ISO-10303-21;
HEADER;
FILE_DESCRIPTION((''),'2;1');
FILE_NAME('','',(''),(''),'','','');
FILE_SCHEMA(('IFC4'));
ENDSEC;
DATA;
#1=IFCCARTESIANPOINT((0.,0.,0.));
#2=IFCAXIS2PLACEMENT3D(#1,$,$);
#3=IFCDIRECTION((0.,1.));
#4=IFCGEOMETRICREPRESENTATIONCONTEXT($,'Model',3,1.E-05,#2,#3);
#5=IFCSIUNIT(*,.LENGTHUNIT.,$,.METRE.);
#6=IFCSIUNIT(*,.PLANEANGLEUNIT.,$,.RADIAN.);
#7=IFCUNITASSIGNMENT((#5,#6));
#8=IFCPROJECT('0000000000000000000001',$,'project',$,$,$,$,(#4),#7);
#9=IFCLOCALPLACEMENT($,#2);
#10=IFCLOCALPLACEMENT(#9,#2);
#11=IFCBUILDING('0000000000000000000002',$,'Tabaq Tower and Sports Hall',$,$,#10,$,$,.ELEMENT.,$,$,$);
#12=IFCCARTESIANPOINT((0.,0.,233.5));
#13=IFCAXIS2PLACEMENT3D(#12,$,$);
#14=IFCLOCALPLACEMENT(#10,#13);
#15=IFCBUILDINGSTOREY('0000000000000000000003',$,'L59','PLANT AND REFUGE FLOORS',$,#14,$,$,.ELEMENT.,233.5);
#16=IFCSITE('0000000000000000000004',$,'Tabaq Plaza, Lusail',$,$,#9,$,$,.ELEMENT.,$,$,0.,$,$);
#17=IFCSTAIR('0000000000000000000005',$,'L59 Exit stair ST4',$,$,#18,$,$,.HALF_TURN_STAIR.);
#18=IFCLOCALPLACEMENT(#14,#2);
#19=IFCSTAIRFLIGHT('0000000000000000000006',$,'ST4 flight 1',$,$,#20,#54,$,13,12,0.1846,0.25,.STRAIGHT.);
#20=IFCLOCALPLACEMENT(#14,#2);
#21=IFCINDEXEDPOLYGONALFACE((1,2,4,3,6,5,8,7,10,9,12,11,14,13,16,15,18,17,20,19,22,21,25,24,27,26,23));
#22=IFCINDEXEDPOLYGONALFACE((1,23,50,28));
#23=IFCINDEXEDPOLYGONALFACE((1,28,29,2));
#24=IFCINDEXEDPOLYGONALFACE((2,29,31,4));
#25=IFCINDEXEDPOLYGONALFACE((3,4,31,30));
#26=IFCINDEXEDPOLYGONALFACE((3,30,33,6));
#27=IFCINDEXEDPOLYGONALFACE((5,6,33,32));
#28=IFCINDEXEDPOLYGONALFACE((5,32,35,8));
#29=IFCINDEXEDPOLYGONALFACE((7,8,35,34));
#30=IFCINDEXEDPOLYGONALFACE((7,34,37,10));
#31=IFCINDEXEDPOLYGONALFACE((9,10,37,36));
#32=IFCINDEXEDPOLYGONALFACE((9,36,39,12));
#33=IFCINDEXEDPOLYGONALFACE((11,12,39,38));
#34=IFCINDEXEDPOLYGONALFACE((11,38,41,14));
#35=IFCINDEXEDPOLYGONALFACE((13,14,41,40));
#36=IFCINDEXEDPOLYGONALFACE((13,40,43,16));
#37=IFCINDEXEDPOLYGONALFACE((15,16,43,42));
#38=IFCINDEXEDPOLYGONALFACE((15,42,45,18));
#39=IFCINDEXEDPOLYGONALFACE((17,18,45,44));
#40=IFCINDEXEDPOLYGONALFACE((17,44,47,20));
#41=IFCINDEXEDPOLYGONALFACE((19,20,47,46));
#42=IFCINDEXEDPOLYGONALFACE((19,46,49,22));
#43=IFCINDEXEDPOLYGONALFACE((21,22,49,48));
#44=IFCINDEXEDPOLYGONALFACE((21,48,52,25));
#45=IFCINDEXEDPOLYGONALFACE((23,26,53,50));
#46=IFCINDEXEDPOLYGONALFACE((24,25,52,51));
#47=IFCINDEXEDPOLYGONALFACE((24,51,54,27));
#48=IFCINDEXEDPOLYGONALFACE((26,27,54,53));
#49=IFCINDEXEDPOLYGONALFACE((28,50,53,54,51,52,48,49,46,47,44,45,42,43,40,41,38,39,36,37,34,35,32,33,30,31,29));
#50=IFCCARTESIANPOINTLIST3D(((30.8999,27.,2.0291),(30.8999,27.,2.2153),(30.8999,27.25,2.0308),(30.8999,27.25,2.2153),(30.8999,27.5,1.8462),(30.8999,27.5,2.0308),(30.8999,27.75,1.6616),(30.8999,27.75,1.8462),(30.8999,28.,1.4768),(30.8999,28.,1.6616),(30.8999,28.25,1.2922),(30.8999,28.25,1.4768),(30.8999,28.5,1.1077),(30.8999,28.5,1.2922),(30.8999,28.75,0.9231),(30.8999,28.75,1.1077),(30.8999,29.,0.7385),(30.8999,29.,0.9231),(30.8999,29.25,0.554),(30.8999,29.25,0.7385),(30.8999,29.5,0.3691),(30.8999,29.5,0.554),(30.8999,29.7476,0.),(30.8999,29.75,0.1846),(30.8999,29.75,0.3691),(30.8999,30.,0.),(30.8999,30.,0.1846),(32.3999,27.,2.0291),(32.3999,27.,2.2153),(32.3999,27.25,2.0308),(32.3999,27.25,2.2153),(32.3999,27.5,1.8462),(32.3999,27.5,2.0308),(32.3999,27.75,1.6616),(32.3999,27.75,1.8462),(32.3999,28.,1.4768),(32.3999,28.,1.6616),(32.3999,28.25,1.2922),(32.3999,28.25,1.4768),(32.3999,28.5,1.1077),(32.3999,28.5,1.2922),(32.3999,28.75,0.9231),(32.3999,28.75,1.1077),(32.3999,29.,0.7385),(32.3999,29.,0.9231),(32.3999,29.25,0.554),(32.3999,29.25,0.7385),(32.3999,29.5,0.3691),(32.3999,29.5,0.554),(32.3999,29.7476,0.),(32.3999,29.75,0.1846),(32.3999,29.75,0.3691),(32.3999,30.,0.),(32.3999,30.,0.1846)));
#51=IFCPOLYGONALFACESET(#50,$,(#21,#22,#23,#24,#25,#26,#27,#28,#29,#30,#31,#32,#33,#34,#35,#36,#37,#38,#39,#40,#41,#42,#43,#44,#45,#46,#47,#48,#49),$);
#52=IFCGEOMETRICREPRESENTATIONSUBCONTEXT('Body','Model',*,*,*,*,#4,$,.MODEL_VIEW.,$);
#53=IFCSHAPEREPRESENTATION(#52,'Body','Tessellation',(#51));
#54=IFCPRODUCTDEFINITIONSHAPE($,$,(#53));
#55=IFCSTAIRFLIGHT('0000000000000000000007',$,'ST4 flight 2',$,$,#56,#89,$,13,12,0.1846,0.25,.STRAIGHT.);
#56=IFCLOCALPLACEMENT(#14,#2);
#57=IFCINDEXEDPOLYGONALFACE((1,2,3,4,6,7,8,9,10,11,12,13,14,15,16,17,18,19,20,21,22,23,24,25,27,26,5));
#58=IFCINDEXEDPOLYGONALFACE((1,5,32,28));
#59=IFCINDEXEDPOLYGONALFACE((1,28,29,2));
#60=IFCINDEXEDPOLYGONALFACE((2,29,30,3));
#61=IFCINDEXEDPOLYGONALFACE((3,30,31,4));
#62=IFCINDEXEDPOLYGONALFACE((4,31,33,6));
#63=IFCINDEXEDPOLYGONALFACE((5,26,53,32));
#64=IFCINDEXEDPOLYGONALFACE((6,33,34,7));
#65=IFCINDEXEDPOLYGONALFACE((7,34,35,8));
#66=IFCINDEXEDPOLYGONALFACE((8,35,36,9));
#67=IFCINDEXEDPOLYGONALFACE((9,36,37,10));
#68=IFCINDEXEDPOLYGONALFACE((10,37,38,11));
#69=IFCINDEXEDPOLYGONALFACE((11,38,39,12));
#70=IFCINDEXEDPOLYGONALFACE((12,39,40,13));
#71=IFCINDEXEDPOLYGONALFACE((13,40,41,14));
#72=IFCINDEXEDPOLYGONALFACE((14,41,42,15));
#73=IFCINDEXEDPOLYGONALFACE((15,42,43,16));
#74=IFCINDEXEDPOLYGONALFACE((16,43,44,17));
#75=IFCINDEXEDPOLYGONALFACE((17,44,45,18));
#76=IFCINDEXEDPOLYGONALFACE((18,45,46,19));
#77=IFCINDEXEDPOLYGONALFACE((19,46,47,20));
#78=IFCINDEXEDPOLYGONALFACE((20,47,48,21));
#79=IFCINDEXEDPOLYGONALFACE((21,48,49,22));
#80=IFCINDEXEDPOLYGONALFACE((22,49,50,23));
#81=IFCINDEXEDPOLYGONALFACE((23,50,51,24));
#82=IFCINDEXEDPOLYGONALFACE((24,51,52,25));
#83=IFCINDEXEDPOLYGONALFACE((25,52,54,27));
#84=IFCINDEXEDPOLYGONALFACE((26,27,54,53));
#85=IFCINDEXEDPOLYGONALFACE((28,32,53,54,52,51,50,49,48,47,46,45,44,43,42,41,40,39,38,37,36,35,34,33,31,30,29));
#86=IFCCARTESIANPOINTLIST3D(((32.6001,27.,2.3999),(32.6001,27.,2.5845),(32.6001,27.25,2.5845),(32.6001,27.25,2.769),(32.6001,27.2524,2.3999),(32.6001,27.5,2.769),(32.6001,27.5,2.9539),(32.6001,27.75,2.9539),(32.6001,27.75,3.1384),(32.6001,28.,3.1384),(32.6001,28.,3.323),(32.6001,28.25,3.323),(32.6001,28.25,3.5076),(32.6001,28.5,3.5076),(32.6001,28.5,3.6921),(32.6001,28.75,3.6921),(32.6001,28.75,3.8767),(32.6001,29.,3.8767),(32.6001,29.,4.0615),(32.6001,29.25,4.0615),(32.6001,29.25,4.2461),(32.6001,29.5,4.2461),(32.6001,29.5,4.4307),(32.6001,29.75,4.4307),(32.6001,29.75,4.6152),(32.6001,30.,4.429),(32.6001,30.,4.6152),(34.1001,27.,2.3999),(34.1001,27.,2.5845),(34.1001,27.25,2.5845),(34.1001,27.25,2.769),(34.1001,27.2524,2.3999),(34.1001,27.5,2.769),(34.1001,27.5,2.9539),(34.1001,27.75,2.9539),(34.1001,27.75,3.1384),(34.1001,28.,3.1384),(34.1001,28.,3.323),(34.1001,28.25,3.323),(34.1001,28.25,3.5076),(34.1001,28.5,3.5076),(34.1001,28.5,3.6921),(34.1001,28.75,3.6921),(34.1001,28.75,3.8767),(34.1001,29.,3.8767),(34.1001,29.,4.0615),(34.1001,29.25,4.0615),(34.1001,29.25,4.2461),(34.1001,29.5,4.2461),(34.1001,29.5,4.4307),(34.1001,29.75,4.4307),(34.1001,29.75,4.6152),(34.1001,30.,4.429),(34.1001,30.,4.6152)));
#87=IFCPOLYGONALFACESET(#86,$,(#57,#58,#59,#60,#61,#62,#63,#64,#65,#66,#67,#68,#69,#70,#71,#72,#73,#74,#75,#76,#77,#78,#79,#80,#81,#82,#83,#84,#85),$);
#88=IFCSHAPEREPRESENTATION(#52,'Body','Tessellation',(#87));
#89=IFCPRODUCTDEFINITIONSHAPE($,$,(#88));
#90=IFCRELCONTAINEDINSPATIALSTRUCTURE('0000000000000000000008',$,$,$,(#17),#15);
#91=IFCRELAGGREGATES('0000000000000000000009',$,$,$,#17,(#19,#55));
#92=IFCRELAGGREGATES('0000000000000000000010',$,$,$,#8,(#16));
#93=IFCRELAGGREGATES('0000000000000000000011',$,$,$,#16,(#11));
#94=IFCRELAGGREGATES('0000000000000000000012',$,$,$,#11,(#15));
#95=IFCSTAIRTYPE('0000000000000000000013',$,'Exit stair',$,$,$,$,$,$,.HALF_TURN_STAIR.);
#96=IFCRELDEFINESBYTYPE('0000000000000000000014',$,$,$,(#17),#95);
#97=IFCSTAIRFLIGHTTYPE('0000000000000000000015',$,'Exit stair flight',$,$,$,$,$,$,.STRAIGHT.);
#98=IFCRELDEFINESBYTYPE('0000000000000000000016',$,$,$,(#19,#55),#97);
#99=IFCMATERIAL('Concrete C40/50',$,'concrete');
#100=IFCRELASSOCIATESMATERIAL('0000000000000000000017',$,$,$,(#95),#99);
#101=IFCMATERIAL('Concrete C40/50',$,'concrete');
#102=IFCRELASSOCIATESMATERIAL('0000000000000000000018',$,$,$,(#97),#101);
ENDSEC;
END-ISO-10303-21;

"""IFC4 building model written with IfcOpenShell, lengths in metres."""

from ifc_helpers import new_model, si_unit, direction, frame, origin, place, context, subcontext, project, spatial, polyline, outline, extrude, material, type_object, element, aggregate, save


model = new_model("IFC4")

# Units and contexts
model_context = context("Model", 3, precision=1e-05, world=origin(), true_north=direction((0.0, 1.0)))
body_context = subcontext(model_context, "Body", "Model", "MODEL_VIEW")
ifc_project = project(units=[si_unit("LENGTHUNIT", "METRE"), si_unit("PLANEANGLEUNIT", "RADIAN")], contexts=[model_context])

# Site, building, storey
site_placement = place(None, origin())
site = spatial("IfcSite", under=ifc_project, at=site_placement, Name="Tabaq Plaza, Lusail", CompositionType="ELEMENT", RefElevation=0.0)
building_placement = place(site_placement, origin())
building = spatial("IfcBuilding", under=site, at=building_placement, Name="Tabaq Tower and Sports Hall", CompositionType="ELEMENT")
storey_placement = place(building_placement, frame((0.0, 0.0, 233.5)))
storey = spatial("IfcBuildingStorey", under=building, at=storey_placement, Name="L59", Description="PLANT AND REFUGE FLOORS", CompositionType="ELEMENT", Elevation=233.5)

# Stair, stair flights
ifc_material_1 = material(Name="Concrete C40/50", Category="concrete")
stair_type = type_object("IfcStairType", Name="Exit stair", PredefinedType="HALF_TURN_STAIR", material=ifc_material_1)
stair_placement = place(storey_placement, origin())
stair = element("IfcStair", 1, at=stair_placement, inside=storey, type_object=stair_type, Name="L59 Exit stair ST4", PredefinedType="HALF_TURN_STAIR")
ifc_material_2 = material(Name="Concrete C40/50", Category="concrete")
stair_flight_type = type_object("IfcStairFlightType", Name="Exit stair flight", PredefinedType="STRAIGHT", material=ifc_material_2)
stair_flight_1_placement = place(storey_placement, frame((31.6499, 30.0, 0.0), z_axis=(0.0, 0.0, 1.0), x_axis=(0.0, -1.0, 0.0)))
stair_flight_1 = element("IfcStairFlight", 2, at=stair_flight_1_placement, type_object=stair_flight_type, Name="ST4 flight 1", NumberOfRisers=13, NumberOfTreads=12, PredefinedType="STRAIGHT", RiserHeight=0.1846, TreadLength=0.25, context=body_context, shape_type="SweptSolid", body=[
    extrude(outline(polyline([(0.0, 0.0), (0.0, 0.1846), (0.25, 0.1846), (0.25, 0.3691), (0.5, 0.3691), (0.5, 0.554), (0.75, 0.554), (0.75, 0.7385), (1.0, 0.7385), (1.0, 0.9231), (1.25, 0.9231), (1.25, 1.1077), (1.5, 1.1077), (1.5, 1.2922), (1.75, 1.2922), (1.75, 1.4768), (2.0, 1.4768), (2.0, 1.6616), (2.25, 1.6616), (2.25, 1.8462), (2.5, 1.8462), (2.5, 2.0308), (2.75, 2.0308), (2.75, 2.2153), (3.0, 2.2153), (3.0, 2.3999), (3.0, 2.0291), (0.2524, 0.0), (0.0, 0.0)])), frame((0.0, 0.75, 0.0), z_axis=(0.0, -1.0, 0.0), x_axis=(1.0, 0.0, 0.0)), (0.0, 0.0, 1.0), 1.5),
])
stair_flight_2_placement = place(storey_placement, frame((33.3501, 27.0, 2.3999), z_axis=(0.0, 0.0, 1.0), x_axis=(0.0, 1.0, 0.0)))
stair_flight_2 = element("IfcStairFlight", 3, at=stair_flight_2_placement, type_object=stair_flight_type, Name="ST4 flight 2", NumberOfRisers=13, NumberOfTreads=12, PredefinedType="STRAIGHT", RiserHeight=0.1846, TreadLength=0.25, context=body_context, shape_type="SweptSolid", body=[
    extrude(outline(polyline([(0.0, 0.0), (0.0, 0.1846), (0.25, 0.1846), (0.25, 0.3691), (0.5, 0.3691), (0.5, 0.554), (0.75, 0.554), (0.75, 0.7385), (1.0, 0.7385), (1.0, 0.9231), (1.25, 0.9231), (1.25, 1.1077), (1.5, 1.1077), (1.5, 1.2922), (1.75, 1.2922), (1.75, 1.4768), (2.0, 1.4768), (2.0, 1.6616), (2.25, 1.6616), (2.25, 1.8462), (2.5, 1.8462), (2.5, 2.0308), (2.75, 2.0308), (2.75, 2.2153), (3.0, 2.2153), (3.0, 2.3999), (3.0, 2.0291), (0.2524, 0.0), (0.0, 0.0)])), frame((0.0, 0.75, 0.0), z_axis=(0.0, -1.0, 0.0), x_axis=(1.0, 0.0, 0.0)), (0.0, 0.0, 1.0), 1.5),
])
aggregate(stair, [stair_flight_1, stair_flight_2])

save(model, "model.ifc")
